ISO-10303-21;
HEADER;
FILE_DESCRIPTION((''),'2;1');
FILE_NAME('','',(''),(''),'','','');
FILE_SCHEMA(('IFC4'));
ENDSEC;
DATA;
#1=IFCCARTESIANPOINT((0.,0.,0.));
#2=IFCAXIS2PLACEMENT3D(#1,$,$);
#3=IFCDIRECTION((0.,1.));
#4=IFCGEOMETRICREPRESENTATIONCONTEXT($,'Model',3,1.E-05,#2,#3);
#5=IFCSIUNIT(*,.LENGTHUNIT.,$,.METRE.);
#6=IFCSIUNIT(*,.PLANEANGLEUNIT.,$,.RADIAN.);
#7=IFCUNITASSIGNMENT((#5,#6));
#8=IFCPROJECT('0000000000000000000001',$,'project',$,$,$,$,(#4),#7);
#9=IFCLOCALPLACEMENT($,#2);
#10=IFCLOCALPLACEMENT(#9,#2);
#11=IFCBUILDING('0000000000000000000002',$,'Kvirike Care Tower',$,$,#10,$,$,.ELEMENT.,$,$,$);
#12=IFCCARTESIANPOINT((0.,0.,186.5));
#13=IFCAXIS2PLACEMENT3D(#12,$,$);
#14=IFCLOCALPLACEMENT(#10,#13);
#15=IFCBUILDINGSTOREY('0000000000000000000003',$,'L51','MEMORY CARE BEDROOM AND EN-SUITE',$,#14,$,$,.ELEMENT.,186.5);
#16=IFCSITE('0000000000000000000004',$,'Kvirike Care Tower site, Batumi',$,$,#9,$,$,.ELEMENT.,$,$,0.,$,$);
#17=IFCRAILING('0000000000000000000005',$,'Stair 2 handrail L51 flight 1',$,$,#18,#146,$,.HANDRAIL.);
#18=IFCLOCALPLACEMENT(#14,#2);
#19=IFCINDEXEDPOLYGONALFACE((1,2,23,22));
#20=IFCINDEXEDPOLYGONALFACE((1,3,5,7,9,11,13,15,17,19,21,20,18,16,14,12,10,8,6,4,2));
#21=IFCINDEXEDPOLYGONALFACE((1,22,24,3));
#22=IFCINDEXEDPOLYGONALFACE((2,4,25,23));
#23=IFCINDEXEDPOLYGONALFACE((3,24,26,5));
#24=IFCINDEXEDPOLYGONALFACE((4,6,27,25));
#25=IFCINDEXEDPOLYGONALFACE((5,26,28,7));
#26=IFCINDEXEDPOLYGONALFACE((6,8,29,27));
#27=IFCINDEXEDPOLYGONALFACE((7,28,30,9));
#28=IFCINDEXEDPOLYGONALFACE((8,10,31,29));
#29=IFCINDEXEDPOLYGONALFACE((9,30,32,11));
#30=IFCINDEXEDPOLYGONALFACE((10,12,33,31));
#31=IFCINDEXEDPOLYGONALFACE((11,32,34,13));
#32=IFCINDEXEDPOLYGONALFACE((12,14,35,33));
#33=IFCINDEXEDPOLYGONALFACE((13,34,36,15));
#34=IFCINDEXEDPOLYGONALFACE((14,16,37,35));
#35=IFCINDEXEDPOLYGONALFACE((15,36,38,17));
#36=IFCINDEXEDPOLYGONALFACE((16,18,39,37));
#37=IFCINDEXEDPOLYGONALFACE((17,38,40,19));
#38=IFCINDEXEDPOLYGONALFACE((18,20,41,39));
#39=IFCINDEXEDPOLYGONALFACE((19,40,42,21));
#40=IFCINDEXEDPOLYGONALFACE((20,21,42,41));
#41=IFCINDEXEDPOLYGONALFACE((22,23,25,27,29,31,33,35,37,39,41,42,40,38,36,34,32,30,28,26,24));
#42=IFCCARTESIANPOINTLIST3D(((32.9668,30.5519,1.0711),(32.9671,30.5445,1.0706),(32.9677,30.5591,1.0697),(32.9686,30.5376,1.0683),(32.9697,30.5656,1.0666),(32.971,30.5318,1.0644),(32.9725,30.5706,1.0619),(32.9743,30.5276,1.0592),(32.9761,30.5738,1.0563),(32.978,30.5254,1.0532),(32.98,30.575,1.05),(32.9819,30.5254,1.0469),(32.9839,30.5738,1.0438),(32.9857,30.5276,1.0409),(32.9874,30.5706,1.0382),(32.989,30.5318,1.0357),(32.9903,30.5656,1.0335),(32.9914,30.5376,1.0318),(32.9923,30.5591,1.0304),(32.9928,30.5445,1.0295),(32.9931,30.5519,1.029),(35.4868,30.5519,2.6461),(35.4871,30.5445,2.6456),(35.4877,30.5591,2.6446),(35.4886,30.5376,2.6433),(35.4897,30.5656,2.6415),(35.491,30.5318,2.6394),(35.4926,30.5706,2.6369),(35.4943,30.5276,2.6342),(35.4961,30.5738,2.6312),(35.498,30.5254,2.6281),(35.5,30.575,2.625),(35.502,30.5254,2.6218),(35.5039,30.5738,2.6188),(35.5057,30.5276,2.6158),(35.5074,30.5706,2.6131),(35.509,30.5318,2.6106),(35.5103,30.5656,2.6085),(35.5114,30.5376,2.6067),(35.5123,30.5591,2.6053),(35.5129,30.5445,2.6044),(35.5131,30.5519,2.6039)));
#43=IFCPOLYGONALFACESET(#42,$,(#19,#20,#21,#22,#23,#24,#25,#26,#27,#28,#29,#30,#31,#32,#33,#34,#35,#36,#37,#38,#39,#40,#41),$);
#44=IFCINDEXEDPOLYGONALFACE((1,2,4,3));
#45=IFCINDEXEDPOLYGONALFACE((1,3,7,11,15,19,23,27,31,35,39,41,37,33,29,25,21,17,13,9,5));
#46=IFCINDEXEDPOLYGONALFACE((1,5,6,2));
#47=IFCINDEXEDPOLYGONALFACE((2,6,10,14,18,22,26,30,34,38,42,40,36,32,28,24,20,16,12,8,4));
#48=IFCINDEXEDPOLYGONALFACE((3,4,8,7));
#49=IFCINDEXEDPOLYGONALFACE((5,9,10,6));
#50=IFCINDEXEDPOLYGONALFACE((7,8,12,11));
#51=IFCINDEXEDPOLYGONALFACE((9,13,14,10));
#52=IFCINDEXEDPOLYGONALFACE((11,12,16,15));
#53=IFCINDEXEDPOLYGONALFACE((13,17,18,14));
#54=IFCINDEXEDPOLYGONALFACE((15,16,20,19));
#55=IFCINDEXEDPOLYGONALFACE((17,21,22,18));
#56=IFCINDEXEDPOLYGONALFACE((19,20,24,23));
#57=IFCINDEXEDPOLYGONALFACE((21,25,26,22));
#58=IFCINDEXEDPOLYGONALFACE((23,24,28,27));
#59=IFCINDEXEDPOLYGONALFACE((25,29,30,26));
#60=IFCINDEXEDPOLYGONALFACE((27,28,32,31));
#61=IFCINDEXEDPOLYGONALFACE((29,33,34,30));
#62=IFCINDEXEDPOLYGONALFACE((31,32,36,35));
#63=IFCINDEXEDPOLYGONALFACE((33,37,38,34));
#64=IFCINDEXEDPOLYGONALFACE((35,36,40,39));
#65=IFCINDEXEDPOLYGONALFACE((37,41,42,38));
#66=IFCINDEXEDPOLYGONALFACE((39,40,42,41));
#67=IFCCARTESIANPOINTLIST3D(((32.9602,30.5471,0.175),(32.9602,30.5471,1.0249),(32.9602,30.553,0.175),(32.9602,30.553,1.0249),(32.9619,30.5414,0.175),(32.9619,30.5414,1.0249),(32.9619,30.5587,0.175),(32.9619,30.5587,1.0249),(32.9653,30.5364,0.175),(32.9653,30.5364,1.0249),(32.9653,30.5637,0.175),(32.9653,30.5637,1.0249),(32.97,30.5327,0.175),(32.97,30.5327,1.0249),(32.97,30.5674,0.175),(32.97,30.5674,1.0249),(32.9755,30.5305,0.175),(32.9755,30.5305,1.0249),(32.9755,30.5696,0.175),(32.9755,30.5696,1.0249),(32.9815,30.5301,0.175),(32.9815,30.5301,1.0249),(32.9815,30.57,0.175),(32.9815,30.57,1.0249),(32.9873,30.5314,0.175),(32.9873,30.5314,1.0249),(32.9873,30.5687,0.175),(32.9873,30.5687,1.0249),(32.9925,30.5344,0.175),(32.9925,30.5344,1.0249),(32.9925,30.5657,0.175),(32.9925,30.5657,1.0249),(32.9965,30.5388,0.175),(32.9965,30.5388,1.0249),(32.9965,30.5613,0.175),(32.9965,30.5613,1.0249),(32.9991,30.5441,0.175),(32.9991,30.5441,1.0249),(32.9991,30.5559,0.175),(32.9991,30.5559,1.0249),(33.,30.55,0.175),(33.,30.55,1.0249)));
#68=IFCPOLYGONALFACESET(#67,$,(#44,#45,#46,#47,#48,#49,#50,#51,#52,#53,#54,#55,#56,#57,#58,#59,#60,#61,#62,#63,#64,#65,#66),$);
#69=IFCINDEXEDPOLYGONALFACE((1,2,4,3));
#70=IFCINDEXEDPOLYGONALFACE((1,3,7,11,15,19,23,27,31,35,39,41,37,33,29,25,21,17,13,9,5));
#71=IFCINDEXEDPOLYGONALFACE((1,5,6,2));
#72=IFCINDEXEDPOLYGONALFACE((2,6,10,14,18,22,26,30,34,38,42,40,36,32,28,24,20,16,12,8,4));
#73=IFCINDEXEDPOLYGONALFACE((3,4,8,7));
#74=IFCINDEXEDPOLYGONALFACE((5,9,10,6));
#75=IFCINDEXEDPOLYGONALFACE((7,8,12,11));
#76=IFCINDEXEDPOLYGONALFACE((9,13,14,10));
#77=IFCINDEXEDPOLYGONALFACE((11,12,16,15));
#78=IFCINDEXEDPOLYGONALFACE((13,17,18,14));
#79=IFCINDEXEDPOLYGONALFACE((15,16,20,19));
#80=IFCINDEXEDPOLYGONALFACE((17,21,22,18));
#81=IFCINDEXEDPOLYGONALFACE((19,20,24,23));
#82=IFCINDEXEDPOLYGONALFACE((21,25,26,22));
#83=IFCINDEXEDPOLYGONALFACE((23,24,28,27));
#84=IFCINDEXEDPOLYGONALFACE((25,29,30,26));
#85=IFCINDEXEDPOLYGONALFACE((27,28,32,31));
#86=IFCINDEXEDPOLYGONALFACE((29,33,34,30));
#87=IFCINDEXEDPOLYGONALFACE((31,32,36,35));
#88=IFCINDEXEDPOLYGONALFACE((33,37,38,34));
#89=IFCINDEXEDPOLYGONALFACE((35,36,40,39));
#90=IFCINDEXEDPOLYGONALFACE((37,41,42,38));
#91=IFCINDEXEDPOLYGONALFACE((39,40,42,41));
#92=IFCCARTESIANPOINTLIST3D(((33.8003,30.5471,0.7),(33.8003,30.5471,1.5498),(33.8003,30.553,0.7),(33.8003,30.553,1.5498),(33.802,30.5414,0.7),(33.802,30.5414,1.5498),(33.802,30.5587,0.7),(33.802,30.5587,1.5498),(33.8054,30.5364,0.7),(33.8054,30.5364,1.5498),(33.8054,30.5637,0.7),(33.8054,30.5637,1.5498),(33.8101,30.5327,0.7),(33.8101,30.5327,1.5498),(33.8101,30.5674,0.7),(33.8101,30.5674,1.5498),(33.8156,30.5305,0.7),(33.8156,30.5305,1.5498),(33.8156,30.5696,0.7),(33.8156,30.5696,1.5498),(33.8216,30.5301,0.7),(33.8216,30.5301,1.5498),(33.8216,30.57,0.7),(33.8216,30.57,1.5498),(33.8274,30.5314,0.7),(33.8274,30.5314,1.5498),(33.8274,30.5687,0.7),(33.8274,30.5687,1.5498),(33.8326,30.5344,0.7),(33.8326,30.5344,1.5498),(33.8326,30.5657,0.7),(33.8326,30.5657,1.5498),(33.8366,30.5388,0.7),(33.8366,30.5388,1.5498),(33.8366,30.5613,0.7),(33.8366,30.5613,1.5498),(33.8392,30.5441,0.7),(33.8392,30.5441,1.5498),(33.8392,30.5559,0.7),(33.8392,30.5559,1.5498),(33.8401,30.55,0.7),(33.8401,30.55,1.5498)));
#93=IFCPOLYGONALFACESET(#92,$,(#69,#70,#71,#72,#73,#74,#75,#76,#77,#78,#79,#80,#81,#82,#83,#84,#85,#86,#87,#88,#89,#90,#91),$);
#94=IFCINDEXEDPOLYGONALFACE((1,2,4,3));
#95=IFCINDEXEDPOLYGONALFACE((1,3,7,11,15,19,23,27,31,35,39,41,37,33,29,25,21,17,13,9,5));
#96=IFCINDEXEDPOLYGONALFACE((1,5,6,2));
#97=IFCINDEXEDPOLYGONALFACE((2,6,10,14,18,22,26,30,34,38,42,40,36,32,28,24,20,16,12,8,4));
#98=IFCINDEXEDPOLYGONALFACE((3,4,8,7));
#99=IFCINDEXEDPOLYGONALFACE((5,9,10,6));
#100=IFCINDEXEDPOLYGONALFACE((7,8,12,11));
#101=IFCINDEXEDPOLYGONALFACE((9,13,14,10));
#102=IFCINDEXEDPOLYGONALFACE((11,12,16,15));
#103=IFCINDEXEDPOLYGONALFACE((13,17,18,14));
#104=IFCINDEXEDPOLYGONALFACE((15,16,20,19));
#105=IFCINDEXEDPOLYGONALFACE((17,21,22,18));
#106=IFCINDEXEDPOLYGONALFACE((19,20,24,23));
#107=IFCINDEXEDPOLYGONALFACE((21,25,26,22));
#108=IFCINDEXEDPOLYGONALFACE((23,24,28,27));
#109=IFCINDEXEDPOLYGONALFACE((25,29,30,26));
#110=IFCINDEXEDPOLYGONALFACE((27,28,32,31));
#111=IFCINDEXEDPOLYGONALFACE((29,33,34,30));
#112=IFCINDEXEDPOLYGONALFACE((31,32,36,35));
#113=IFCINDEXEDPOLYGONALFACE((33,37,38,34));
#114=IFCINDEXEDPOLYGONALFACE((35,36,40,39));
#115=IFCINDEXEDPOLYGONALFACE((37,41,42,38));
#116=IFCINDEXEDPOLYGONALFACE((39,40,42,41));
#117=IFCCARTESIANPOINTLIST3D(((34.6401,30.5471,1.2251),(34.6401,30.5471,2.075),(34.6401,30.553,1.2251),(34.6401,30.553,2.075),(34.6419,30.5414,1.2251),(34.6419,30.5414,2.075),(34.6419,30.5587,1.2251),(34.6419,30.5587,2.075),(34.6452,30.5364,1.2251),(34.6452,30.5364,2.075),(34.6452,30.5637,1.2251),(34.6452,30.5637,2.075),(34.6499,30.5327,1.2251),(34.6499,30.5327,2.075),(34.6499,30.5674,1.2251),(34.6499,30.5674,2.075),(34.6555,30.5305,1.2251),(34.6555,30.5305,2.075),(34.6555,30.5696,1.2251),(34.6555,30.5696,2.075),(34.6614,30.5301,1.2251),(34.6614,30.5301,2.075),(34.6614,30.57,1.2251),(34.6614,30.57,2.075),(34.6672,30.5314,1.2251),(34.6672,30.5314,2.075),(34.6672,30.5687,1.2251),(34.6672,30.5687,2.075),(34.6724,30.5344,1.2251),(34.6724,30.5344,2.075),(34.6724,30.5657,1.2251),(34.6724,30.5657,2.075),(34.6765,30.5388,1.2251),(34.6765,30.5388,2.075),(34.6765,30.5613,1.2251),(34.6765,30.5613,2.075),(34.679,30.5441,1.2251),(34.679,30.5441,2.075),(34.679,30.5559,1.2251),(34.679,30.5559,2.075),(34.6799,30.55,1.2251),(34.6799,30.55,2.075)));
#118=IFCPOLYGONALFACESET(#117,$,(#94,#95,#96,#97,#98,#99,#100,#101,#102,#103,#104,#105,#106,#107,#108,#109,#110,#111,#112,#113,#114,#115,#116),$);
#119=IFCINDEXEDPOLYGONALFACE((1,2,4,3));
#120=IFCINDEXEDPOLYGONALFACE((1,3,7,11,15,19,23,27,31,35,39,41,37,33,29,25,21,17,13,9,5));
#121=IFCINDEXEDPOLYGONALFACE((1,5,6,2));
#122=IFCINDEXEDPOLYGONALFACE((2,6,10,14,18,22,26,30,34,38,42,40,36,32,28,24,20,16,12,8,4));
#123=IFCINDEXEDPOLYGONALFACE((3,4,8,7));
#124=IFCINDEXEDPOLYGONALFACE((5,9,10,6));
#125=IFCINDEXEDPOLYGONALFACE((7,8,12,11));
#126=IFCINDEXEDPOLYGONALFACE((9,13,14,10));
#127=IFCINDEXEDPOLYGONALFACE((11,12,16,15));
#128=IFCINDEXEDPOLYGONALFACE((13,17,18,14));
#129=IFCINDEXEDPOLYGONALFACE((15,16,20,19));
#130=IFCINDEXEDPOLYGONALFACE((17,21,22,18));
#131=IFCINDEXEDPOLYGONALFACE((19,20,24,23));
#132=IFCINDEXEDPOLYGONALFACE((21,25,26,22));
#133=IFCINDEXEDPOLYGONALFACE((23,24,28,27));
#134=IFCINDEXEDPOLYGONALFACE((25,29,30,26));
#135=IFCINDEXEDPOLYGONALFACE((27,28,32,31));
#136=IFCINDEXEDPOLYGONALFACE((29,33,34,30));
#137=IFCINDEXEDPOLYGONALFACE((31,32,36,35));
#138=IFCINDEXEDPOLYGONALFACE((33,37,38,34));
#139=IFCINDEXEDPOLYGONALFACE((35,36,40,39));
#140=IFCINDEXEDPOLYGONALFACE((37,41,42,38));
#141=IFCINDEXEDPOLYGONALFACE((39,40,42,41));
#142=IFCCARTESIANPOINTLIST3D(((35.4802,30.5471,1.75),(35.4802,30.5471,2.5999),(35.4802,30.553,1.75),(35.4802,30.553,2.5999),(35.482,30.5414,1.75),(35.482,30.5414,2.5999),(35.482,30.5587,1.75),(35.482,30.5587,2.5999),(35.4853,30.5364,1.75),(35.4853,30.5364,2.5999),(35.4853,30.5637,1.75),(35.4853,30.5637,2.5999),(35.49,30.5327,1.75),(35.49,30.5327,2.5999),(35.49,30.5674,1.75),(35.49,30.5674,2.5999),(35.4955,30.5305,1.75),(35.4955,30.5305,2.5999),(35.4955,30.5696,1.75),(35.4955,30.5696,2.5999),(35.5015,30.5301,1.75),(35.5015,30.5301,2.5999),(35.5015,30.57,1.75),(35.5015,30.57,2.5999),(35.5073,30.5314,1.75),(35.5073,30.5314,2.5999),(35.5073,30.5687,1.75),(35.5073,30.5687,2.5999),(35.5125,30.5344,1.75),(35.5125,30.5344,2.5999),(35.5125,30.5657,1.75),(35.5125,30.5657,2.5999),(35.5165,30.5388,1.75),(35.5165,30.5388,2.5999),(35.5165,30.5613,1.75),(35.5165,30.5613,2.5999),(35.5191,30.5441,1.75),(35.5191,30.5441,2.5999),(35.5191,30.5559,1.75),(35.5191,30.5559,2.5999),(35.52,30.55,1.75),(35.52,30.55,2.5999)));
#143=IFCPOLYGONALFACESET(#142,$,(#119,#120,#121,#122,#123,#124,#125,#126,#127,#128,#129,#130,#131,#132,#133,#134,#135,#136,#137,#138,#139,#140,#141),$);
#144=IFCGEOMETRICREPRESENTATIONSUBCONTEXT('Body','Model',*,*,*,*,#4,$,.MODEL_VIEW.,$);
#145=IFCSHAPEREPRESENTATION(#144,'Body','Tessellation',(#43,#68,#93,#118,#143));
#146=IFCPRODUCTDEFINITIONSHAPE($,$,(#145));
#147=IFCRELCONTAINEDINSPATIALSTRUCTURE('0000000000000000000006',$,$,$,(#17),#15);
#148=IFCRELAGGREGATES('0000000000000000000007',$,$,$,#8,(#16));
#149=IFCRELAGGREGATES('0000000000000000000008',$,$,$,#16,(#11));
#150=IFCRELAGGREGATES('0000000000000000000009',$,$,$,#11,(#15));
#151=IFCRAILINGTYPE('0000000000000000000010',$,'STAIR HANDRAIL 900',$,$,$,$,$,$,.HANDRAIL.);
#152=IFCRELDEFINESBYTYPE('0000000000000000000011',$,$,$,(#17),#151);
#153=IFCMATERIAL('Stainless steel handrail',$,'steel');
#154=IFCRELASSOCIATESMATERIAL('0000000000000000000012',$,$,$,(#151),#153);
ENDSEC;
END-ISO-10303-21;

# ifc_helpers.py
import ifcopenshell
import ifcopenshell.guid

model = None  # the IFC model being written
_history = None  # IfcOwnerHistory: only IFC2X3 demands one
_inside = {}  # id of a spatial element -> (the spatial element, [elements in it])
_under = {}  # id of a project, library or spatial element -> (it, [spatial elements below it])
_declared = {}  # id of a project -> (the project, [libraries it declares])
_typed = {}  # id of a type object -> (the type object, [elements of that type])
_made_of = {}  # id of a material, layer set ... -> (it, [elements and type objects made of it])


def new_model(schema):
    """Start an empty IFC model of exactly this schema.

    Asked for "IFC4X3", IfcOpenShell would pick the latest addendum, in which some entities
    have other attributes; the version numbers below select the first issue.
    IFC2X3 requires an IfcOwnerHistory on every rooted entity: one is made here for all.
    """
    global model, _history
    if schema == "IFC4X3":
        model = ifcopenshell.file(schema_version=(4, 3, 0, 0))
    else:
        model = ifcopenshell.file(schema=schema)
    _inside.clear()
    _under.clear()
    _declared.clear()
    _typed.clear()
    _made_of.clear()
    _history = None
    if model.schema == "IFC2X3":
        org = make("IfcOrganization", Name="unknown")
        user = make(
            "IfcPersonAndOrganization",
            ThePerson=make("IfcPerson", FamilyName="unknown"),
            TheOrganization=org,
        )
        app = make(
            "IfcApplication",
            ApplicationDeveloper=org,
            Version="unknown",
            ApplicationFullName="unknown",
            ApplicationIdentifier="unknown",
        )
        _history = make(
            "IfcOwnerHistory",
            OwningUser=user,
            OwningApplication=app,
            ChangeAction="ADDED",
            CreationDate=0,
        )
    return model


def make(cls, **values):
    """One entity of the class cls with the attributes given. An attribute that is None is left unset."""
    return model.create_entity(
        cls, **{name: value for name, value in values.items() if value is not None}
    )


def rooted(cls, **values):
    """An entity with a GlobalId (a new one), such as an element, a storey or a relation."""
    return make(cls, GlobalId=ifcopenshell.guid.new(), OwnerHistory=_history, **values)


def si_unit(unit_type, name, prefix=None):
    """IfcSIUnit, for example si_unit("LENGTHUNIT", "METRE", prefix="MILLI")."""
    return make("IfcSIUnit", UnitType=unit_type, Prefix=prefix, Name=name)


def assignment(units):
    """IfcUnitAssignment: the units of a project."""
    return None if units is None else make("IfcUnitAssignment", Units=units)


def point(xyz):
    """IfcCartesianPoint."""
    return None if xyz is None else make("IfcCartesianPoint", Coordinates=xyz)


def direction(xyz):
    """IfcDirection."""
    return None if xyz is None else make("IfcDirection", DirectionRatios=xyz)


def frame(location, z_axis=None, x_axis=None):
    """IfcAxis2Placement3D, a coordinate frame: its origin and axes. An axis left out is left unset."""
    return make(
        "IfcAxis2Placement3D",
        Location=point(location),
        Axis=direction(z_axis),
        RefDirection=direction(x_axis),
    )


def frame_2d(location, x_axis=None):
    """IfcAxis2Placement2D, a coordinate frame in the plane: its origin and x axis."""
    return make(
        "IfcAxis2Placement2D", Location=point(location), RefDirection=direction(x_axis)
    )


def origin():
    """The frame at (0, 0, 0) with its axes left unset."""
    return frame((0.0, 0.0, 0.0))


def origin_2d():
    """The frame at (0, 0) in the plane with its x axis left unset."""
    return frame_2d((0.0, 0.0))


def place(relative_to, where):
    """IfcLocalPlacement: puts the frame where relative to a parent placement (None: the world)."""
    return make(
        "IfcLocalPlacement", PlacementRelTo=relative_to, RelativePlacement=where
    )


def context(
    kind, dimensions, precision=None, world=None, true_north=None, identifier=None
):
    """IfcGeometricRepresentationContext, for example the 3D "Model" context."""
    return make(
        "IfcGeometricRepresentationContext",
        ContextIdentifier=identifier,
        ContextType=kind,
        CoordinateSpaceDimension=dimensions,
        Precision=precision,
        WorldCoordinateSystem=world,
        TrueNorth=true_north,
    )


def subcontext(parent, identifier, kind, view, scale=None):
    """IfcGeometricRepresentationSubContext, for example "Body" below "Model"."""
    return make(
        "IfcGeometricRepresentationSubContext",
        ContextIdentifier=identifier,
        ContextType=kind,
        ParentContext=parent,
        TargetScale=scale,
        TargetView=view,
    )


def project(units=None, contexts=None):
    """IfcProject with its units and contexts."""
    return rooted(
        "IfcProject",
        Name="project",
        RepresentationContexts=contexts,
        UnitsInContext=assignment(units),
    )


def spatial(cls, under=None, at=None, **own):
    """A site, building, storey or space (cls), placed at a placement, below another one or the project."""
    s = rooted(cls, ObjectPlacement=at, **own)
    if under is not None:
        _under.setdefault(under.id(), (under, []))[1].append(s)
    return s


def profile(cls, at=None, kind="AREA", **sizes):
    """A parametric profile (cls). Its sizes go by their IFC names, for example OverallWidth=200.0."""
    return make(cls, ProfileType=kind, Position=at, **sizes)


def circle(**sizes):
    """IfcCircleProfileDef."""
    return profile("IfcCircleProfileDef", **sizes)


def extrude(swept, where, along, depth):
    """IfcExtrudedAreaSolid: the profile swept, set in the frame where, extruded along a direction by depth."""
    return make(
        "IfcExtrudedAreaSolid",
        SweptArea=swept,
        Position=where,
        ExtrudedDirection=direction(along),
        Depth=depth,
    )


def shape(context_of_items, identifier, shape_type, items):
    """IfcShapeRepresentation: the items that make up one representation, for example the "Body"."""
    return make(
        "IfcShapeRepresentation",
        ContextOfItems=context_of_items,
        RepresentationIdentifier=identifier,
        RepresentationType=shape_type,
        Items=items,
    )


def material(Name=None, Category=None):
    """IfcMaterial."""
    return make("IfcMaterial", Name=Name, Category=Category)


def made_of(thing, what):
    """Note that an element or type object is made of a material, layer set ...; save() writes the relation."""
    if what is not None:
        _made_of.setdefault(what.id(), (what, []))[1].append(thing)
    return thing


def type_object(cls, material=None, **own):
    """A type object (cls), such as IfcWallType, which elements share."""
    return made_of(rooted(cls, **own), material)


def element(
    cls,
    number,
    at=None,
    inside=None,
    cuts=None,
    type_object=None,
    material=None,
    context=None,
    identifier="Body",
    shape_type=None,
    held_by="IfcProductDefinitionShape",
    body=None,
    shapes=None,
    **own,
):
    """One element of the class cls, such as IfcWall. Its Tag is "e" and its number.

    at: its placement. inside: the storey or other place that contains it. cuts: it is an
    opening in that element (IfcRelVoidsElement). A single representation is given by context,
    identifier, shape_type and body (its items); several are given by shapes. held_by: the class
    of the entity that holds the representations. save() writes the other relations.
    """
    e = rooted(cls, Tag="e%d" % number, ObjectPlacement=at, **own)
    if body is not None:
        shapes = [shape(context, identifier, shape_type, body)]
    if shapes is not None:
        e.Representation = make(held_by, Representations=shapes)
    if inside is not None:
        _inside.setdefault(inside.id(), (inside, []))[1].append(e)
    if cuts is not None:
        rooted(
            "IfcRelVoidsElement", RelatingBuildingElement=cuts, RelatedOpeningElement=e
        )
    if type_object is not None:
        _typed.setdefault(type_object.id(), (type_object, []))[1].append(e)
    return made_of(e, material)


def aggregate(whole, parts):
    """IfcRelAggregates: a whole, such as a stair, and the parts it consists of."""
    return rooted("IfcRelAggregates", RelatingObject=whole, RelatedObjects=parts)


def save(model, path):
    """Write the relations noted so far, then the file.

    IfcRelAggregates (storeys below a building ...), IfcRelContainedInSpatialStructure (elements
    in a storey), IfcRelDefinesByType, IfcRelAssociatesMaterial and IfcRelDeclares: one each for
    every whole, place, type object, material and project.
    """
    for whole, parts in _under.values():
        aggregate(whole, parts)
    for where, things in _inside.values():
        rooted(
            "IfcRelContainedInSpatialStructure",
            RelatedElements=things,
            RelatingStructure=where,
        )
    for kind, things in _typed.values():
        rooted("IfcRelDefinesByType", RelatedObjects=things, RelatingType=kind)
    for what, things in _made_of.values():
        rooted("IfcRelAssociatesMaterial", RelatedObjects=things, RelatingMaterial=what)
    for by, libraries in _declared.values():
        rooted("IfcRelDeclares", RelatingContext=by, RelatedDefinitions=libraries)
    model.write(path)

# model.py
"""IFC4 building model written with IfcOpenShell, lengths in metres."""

from ifc_helpers import new_model, si_unit, direction, frame, origin, origin_2d, place, context, subcontext, project, spatial, circle, extrude, material, type_object, element, save


model = new_model("IFC4")

# Units and contexts
model_context = context("Model", 3, precision=1e-05, world=origin(), true_north=direction((0.0, 1.0)))
body_context = subcontext(model_context, "Body", "Model", "MODEL_VIEW")
ifc_project = project(units=[si_unit("LENGTHUNIT", "METRE"), si_unit("PLANEANGLEUNIT", "RADIAN")], contexts=[model_context])

# Site, building, storey
site_placement = place(None, origin())
site = spatial("IfcSite", under=ifc_project, at=site_placement, Name="Kvirike Care Tower site, Batumi", CompositionType="ELEMENT", RefElevation=0.0)
building_placement = place(site_placement, origin())
building = spatial("IfcBuilding", under=site, at=building_placement, Name="Kvirike Care Tower", CompositionType="ELEMENT")
storey_placement = place(building_placement, frame((0.0, 0.0, 186.5)))
storey = spatial("IfcBuildingStorey", under=building, at=storey_placement, Name="L51", Description="MEMORY CARE BEDROOM AND EN-SUITE", CompositionType="ELEMENT", Elevation=186.5)

# Railing
ifc_material_1 = material(Name="Stainless steel handrail", Category="steel")
railing_type = type_object("IfcRailingType", Name="STAIR HANDRAIL 900", PredefinedType="HANDRAIL", material=ifc_material_1)
railing_1_placement = place(storey_placement, frame((32.98, 30.55, 0.175)))
element("IfcRailing", 1, at=railing_1_placement, inside=storey, type_object=railing_type, Name="Stair 2 handrail L51 flight 1", PredefinedType="HANDRAIL", context=body_context, shape_type="SweptSolid", body=[
    extrude(circle(Radius=0.0249, at=origin_2d()), frame((0.0, 0.0, 0.875), z_axis=(0.848008, 0.0, 0.529984), x_axis=(0.0, 1.0, 0.0)), (0.0, 0.0, 1.0), 2.9717),
    extrude(circle(Radius=0.02, at=origin_2d()), origin(), (0.0, 0.0, 1.0), 0.8499),
    extrude(circle(Radius=0.02, at=origin_2d()), frame((0.8401, 0.0, 0.5249)), (0.0, 0.0, 1.0), 0.8499),
    extrude(circle(Radius=0.02, at=origin_2d()), frame((1.6799, 0.0, 1.05)), (0.0, 0.0, 1.0), 0.8499),
    extrude(circle(Radius=0.02, at=origin_2d()), frame((2.52, 0.0, 1.575)), (0.0, 0.0, 1.0), 0.8499),
])

save(model, "model.ifc")
